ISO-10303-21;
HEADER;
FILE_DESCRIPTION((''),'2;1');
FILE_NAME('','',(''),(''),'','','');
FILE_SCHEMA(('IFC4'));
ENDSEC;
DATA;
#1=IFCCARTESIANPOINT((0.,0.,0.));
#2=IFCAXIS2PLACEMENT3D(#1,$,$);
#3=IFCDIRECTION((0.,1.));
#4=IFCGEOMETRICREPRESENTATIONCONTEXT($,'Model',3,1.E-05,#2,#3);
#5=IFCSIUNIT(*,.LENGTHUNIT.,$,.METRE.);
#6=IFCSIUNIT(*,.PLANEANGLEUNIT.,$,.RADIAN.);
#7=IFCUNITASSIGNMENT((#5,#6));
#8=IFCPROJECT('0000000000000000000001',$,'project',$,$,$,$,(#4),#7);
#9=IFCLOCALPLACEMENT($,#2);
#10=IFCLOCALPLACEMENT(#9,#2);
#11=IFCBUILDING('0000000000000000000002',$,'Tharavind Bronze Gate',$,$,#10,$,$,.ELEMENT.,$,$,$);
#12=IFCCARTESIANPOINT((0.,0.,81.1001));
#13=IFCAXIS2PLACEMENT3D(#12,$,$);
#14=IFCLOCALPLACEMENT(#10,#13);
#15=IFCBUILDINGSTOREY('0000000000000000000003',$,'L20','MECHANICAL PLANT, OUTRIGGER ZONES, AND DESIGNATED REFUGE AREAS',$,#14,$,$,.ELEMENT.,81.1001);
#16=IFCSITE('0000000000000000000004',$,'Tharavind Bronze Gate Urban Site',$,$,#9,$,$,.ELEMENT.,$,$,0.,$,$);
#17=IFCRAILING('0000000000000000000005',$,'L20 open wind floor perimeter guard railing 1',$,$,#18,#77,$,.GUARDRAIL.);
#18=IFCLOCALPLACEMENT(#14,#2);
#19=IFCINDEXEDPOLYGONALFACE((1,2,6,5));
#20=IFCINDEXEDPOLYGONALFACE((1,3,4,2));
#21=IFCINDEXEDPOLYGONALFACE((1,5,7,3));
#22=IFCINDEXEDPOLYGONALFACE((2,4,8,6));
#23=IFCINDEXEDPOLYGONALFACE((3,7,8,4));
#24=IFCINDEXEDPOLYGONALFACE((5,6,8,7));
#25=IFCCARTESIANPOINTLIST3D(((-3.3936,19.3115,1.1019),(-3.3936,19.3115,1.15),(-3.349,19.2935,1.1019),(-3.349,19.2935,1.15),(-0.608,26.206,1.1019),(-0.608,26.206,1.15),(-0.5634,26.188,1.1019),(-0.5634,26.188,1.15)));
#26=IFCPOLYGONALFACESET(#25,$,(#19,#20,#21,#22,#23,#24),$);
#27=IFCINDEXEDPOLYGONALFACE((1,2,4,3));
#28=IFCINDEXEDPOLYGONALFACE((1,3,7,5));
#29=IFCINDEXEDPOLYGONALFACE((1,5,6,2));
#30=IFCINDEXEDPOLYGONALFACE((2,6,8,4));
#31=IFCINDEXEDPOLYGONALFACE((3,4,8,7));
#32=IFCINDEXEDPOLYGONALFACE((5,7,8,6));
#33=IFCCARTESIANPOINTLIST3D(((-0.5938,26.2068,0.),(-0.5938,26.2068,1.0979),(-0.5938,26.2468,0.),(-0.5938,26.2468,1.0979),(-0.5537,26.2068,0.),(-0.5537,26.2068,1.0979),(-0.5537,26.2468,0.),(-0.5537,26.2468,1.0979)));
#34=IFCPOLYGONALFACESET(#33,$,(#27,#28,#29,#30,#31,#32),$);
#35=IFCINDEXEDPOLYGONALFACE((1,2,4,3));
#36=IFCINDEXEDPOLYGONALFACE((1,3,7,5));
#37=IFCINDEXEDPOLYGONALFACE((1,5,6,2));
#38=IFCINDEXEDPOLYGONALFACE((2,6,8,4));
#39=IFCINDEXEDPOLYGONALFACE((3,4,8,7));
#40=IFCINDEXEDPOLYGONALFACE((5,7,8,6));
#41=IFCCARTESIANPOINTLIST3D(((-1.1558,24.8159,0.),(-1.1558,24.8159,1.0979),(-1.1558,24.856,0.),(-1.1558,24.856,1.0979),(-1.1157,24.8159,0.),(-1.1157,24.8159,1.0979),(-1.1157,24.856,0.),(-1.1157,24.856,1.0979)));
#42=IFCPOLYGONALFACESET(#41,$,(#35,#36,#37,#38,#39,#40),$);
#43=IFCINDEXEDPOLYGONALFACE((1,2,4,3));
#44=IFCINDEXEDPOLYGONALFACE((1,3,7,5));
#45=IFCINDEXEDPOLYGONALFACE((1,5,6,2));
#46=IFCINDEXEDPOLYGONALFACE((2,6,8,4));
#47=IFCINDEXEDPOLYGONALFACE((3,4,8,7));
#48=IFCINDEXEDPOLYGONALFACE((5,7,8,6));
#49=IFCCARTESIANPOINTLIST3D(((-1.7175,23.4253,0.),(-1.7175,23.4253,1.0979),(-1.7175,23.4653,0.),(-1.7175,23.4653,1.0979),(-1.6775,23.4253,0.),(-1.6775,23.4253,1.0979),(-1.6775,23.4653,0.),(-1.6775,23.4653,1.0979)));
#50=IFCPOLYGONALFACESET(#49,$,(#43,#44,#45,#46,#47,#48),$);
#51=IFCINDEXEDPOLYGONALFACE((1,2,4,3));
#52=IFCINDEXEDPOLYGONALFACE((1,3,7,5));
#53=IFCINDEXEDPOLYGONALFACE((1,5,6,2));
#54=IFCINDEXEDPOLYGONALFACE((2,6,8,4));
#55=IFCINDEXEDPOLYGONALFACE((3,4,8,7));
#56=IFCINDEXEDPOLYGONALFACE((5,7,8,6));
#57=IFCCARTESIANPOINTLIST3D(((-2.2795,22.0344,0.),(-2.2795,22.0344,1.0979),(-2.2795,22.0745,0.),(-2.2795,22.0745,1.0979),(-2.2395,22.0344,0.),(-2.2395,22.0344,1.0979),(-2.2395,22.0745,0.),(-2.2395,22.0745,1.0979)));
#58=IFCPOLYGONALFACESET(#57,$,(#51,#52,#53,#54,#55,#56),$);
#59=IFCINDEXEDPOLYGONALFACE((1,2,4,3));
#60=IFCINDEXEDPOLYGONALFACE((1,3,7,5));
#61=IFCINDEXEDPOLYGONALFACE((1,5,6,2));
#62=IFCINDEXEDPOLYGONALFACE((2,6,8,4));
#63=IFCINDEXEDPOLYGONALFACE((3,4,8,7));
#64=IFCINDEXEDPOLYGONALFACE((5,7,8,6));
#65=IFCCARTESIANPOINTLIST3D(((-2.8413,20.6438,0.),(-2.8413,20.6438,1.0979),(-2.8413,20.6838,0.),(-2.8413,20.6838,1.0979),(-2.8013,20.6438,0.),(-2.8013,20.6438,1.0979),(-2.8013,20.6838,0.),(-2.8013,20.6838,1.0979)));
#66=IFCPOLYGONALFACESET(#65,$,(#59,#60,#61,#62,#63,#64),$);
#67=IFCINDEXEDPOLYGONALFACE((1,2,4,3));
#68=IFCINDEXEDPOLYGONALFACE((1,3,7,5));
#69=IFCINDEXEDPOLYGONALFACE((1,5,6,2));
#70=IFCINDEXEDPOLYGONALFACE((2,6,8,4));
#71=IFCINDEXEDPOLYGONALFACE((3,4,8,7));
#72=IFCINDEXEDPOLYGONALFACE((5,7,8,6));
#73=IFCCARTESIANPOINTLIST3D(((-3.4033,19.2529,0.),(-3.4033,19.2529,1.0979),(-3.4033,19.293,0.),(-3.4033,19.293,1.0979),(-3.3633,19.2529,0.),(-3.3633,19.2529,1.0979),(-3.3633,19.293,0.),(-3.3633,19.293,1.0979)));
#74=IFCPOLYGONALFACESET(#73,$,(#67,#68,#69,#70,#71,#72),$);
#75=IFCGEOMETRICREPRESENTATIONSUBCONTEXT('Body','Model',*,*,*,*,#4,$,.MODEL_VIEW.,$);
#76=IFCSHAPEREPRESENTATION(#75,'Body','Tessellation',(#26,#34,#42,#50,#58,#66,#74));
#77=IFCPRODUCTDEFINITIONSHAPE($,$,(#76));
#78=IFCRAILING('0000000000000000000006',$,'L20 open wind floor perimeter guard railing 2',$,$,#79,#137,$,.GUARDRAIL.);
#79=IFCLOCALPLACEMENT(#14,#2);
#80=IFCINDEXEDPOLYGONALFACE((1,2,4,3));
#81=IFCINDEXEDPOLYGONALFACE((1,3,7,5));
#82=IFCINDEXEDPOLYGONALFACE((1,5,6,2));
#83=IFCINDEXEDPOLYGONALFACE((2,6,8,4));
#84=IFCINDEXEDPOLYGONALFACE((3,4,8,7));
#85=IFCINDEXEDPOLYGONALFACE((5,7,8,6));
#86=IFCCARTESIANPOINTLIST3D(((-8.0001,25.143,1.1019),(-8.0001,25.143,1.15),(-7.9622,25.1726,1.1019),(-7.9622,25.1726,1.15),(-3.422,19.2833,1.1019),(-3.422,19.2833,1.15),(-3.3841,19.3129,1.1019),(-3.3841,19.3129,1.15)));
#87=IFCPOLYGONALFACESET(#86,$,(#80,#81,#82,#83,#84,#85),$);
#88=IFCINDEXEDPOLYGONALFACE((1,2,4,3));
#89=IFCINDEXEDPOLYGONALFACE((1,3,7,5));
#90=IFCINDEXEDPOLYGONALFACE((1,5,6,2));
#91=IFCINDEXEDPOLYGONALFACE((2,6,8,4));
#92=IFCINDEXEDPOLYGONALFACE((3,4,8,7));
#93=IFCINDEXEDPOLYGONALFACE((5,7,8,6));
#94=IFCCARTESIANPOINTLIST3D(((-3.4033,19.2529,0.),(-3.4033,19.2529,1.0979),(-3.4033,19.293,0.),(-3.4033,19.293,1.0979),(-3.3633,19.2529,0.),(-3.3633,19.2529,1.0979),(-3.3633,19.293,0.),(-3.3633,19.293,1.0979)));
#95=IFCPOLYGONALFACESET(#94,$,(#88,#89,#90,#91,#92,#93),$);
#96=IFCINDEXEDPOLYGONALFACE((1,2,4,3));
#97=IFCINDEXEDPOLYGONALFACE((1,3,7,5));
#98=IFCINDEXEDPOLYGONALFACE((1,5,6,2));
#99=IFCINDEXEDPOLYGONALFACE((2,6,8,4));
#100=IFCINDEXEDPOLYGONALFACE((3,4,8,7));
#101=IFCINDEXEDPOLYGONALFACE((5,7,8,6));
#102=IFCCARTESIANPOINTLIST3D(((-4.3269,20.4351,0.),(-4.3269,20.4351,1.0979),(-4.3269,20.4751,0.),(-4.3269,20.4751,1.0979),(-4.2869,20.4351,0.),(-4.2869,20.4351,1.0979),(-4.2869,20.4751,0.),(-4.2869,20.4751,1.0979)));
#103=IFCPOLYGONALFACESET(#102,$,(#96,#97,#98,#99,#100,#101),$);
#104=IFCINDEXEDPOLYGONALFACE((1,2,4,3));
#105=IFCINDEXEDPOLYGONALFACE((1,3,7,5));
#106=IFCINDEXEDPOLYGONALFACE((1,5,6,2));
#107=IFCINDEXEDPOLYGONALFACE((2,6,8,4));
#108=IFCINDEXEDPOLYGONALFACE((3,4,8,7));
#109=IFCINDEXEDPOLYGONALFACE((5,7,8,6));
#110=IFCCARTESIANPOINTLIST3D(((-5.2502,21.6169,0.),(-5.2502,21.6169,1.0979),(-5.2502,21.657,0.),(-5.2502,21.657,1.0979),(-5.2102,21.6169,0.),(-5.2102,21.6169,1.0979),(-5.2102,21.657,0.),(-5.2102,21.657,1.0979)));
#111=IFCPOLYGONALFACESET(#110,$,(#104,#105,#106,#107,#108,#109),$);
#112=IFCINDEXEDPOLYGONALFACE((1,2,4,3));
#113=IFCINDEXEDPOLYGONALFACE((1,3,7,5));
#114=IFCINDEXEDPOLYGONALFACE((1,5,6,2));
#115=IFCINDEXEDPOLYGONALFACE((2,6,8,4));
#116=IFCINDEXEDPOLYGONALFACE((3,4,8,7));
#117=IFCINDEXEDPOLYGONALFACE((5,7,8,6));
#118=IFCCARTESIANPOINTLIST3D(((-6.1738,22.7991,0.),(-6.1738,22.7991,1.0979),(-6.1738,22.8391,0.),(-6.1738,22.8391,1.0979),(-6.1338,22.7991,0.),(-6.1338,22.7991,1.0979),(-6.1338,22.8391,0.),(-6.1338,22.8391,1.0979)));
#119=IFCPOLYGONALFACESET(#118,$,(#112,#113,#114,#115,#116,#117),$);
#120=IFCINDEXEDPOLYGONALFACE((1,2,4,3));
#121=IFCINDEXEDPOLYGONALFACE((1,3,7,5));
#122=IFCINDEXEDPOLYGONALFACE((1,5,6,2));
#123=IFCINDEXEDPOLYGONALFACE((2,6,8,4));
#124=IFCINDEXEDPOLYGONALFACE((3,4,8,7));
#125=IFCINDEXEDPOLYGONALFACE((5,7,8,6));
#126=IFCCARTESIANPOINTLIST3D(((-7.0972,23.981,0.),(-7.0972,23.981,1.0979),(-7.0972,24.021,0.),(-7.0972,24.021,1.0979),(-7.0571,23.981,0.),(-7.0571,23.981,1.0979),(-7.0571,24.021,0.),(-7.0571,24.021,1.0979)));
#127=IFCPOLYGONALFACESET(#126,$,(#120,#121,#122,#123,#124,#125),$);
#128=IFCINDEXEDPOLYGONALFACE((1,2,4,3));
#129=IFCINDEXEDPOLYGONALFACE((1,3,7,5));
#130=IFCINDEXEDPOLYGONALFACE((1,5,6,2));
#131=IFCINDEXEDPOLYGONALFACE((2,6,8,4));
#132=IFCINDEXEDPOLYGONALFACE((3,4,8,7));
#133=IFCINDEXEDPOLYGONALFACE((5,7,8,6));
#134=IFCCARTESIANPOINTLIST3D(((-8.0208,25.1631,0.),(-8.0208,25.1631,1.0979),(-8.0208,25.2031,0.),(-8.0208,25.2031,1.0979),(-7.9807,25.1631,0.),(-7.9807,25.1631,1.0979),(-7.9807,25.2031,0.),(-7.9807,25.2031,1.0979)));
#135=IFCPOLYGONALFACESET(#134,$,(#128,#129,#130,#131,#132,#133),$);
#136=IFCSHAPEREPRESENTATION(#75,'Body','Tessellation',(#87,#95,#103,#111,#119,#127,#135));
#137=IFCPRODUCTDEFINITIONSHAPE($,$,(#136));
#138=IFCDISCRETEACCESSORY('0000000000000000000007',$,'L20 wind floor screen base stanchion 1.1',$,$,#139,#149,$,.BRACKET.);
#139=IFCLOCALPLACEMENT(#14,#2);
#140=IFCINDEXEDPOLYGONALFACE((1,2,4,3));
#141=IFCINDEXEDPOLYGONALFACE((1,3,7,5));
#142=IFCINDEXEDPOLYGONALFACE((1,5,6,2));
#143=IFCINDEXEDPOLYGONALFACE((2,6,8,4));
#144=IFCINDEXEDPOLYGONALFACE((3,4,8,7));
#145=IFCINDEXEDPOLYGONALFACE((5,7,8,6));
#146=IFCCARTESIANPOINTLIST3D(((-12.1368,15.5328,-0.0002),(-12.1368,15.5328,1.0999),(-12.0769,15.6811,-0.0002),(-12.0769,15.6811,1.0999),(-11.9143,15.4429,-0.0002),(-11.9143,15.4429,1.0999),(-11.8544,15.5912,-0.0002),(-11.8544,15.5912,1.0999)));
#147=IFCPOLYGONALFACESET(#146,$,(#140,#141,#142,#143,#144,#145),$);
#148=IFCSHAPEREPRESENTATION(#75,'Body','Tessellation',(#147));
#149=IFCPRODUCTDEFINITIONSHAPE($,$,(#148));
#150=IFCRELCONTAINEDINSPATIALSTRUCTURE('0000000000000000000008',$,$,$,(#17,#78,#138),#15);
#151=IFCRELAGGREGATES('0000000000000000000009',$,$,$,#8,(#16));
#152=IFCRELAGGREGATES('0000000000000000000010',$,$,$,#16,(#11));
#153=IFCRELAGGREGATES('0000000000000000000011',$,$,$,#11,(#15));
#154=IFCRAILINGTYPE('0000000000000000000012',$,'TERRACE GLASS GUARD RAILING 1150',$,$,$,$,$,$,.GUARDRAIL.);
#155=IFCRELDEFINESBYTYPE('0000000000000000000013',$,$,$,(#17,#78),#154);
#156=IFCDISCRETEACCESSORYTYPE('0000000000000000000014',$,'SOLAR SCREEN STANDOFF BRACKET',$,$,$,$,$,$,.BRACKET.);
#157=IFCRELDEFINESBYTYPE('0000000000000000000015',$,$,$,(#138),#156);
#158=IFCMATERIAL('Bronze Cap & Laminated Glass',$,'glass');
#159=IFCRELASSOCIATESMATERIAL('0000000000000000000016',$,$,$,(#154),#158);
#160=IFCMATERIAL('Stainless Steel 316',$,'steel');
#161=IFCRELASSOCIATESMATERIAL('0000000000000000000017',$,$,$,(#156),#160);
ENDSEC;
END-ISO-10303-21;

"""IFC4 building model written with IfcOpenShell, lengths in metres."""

from ifc_helpers import new_model, si_unit, direction, frame, origin, origin_2d, place, context, subcontext, project, spatial, rectangle, extrude, material, type_object, element, save


model = new_model("IFC4")

# Units and contexts
model_context = context("Model", 3, precision=1e-05, world=origin(), true_north=direction((0.0, 1.0)))
body_context = subcontext(model_context, "Body", "Model", "MODEL_VIEW")
ifc_project = project(units=[si_unit("LENGTHUNIT", "METRE"), si_unit("PLANEANGLEUNIT", "RADIAN")], contexts=[model_context])

# Site, building, storey
site_placement = place(None, origin())
site = spatial("IfcSite", under=ifc_project, at=site_placement, Name="Tharavind Bronze Gate Urban Site", CompositionType="ELEMENT", RefElevation=0.0)
building_placement = place(site_placement, origin())
building = spatial("IfcBuilding", under=site, at=building_placement, Name="Tharavind Bronze Gate", CompositionType="ELEMENT")
storey_placement = place(building_placement, frame((0.0, 0.0, 81.1001)))
storey = spatial("IfcBuildingStorey", under=building, at=storey_placement, Name="L20", Description="MECHANICAL PLANT, OUTRIGGER ZONES, AND DESIGNATED REFUGE AREAS", CompositionType="ELEMENT", Elevation=81.1001)

# Railings
ifc_material_1 = material(Name="Bronze Cap & Laminated Glass", Category="glass")
railing_type = type_object("IfcRailingType", Name="TERRACE GLASS GUARD RAILING 1150", PredefinedType="GUARDRAIL", material=ifc_material_1)
railing_1_placement = place(storey_placement, frame((-0.5737, 26.2268, 0.0)))
element("IfcRailing", 1, at=railing_1_placement, inside=storey, type_object=railing_type, Name="L20 open wind floor perimeter guard railing 1", PredefinedType="GUARDRAIL", context=body_context, shape_type="SweptSolid", body=[
    extrude(rectangle(XDim=0.0481, YDim=0.0481, at=origin_2d()), frame((-0.012, -0.0298, 1.126), z_axis=(-0.37461, -0.927182, 0.0), x_axis=(0.927182, -0.37461, 0.0)), (0.0, 0.0, 1.0), 7.436),
    extrude(rectangle(XDim=0.04, YDim=0.04, at=origin_2d()), origin(), (0.0, 0.0, 1.0), 1.0979),
    extrude(rectangle(XDim=0.04, YDim=0.04, at=origin_2d()), frame((-0.562, -1.3909, 0.0)), (0.0, 0.0, 1.0), 1.0979),
    extrude(rectangle(XDim=0.04, YDim=0.04, at=origin_2d()), frame((-1.1238, -2.7815, 0.0)), (0.0, 0.0, 1.0), 1.0979),
    extrude(rectangle(XDim=0.04, YDim=0.04, at=origin_2d()), frame((-1.6858, -4.1724, 0.0)), (0.0, 0.0, 1.0), 1.0979),
    extrude(rectangle(XDim=0.04, YDim=0.04, at=origin_2d()), frame((-2.2476, -5.563, 0.0)), (0.0, 0.0, 1.0), 1.0979),
    extrude(rectangle(XDim=0.04, YDim=0.04, at=origin_2d()), frame((-2.8096, -6.9539, 0.0)), (0.0, 0.0, 1.0), 1.0979),
])
railing_2_placement = place(storey_placement, frame((-3.3833, 19.2729, 0.0)))
element("IfcRailing", 2, at=railing_2_placement, inside=storey, type_object=railing_type, Name="L20 open wind floor perimeter guard railing 2", PredefinedType="GUARDRAIL", context=body_context, shape_type="SweptSolid", body=[
    extrude(rectangle(XDim=0.0481, YDim=0.0481, at=origin_2d()), frame((-0.0198, 0.0251, 1.126), z_axis=(-0.615654, 0.788016, 0.0), x_axis=(-0.788016, -0.615654, 0.0)), (0.0, 0.0, 1.0), 7.436),
    extrude(rectangle(XDim=0.04, YDim=0.04, at=origin_2d()), origin(), (0.0, 0.0, 1.0), 1.0979),
    extrude(rectangle(XDim=0.04, YDim=0.04, at=origin_2d()), frame((-0.9236, 1.1821, 0.0)), (0.0, 0.0, 1.0), 1.0979),
    extrude(rectangle(XDim=0.04, YDim=0.04, at=origin_2d()), frame((-1.8469, 2.364, 0.0)), (0.0, 0.0, 1.0), 1.0979),
    extrude(rectangle(XDim=0.04, YDim=0.04, at=origin_2d()), frame((-2.7705, 3.5461, 0.0)), (0.0, 0.0, 1.0), 1.0979),
    extrude(rectangle(XDim=0.04, YDim=0.04, at=origin_2d()), frame((-3.6938, 4.728, 0.0)), (0.0, 0.0, 1.0), 1.0979),
    extrude(rectangle(XDim=0.04, YDim=0.04, at=origin_2d()), frame((-4.6174, 5.9102, 0.0)), (0.0, 0.0, 1.0), 1.0979),
])

# Discrete accessory
ifc_material_2 = material(Name="Stainless Steel 316", Category="steel")
discrete_accessory_type = type_object("IfcDiscreteAccessoryType", Name="SOLAR SCREEN STANDOFF BRACKET", PredefinedType="BRACKET", material=ifc_material_2)
discrete_accessory_placement = place(storey_placement, frame((-11.9956, 15.562, -0.0002), z_axis=(0.0, 0.0, 1.0), x_axis=(-0.374607, -0.927184, 0.0)))
element("IfcDiscreteAccessory", 3, at=discrete_accessory_placement, inside=storey, type_object=discrete_accessory_type, Name="L20 wind floor screen base stanchion 1.1", PredefinedType="BRACKET", context=body_context, shape_type="SweptSolid", body=[
    extrude(rectangle(XDim=0.1599, YDim=0.24, at=origin_2d()), origin(), (0.0, 0.0, 1.0), 1.1001),
])

save(model, "model.ifc")
